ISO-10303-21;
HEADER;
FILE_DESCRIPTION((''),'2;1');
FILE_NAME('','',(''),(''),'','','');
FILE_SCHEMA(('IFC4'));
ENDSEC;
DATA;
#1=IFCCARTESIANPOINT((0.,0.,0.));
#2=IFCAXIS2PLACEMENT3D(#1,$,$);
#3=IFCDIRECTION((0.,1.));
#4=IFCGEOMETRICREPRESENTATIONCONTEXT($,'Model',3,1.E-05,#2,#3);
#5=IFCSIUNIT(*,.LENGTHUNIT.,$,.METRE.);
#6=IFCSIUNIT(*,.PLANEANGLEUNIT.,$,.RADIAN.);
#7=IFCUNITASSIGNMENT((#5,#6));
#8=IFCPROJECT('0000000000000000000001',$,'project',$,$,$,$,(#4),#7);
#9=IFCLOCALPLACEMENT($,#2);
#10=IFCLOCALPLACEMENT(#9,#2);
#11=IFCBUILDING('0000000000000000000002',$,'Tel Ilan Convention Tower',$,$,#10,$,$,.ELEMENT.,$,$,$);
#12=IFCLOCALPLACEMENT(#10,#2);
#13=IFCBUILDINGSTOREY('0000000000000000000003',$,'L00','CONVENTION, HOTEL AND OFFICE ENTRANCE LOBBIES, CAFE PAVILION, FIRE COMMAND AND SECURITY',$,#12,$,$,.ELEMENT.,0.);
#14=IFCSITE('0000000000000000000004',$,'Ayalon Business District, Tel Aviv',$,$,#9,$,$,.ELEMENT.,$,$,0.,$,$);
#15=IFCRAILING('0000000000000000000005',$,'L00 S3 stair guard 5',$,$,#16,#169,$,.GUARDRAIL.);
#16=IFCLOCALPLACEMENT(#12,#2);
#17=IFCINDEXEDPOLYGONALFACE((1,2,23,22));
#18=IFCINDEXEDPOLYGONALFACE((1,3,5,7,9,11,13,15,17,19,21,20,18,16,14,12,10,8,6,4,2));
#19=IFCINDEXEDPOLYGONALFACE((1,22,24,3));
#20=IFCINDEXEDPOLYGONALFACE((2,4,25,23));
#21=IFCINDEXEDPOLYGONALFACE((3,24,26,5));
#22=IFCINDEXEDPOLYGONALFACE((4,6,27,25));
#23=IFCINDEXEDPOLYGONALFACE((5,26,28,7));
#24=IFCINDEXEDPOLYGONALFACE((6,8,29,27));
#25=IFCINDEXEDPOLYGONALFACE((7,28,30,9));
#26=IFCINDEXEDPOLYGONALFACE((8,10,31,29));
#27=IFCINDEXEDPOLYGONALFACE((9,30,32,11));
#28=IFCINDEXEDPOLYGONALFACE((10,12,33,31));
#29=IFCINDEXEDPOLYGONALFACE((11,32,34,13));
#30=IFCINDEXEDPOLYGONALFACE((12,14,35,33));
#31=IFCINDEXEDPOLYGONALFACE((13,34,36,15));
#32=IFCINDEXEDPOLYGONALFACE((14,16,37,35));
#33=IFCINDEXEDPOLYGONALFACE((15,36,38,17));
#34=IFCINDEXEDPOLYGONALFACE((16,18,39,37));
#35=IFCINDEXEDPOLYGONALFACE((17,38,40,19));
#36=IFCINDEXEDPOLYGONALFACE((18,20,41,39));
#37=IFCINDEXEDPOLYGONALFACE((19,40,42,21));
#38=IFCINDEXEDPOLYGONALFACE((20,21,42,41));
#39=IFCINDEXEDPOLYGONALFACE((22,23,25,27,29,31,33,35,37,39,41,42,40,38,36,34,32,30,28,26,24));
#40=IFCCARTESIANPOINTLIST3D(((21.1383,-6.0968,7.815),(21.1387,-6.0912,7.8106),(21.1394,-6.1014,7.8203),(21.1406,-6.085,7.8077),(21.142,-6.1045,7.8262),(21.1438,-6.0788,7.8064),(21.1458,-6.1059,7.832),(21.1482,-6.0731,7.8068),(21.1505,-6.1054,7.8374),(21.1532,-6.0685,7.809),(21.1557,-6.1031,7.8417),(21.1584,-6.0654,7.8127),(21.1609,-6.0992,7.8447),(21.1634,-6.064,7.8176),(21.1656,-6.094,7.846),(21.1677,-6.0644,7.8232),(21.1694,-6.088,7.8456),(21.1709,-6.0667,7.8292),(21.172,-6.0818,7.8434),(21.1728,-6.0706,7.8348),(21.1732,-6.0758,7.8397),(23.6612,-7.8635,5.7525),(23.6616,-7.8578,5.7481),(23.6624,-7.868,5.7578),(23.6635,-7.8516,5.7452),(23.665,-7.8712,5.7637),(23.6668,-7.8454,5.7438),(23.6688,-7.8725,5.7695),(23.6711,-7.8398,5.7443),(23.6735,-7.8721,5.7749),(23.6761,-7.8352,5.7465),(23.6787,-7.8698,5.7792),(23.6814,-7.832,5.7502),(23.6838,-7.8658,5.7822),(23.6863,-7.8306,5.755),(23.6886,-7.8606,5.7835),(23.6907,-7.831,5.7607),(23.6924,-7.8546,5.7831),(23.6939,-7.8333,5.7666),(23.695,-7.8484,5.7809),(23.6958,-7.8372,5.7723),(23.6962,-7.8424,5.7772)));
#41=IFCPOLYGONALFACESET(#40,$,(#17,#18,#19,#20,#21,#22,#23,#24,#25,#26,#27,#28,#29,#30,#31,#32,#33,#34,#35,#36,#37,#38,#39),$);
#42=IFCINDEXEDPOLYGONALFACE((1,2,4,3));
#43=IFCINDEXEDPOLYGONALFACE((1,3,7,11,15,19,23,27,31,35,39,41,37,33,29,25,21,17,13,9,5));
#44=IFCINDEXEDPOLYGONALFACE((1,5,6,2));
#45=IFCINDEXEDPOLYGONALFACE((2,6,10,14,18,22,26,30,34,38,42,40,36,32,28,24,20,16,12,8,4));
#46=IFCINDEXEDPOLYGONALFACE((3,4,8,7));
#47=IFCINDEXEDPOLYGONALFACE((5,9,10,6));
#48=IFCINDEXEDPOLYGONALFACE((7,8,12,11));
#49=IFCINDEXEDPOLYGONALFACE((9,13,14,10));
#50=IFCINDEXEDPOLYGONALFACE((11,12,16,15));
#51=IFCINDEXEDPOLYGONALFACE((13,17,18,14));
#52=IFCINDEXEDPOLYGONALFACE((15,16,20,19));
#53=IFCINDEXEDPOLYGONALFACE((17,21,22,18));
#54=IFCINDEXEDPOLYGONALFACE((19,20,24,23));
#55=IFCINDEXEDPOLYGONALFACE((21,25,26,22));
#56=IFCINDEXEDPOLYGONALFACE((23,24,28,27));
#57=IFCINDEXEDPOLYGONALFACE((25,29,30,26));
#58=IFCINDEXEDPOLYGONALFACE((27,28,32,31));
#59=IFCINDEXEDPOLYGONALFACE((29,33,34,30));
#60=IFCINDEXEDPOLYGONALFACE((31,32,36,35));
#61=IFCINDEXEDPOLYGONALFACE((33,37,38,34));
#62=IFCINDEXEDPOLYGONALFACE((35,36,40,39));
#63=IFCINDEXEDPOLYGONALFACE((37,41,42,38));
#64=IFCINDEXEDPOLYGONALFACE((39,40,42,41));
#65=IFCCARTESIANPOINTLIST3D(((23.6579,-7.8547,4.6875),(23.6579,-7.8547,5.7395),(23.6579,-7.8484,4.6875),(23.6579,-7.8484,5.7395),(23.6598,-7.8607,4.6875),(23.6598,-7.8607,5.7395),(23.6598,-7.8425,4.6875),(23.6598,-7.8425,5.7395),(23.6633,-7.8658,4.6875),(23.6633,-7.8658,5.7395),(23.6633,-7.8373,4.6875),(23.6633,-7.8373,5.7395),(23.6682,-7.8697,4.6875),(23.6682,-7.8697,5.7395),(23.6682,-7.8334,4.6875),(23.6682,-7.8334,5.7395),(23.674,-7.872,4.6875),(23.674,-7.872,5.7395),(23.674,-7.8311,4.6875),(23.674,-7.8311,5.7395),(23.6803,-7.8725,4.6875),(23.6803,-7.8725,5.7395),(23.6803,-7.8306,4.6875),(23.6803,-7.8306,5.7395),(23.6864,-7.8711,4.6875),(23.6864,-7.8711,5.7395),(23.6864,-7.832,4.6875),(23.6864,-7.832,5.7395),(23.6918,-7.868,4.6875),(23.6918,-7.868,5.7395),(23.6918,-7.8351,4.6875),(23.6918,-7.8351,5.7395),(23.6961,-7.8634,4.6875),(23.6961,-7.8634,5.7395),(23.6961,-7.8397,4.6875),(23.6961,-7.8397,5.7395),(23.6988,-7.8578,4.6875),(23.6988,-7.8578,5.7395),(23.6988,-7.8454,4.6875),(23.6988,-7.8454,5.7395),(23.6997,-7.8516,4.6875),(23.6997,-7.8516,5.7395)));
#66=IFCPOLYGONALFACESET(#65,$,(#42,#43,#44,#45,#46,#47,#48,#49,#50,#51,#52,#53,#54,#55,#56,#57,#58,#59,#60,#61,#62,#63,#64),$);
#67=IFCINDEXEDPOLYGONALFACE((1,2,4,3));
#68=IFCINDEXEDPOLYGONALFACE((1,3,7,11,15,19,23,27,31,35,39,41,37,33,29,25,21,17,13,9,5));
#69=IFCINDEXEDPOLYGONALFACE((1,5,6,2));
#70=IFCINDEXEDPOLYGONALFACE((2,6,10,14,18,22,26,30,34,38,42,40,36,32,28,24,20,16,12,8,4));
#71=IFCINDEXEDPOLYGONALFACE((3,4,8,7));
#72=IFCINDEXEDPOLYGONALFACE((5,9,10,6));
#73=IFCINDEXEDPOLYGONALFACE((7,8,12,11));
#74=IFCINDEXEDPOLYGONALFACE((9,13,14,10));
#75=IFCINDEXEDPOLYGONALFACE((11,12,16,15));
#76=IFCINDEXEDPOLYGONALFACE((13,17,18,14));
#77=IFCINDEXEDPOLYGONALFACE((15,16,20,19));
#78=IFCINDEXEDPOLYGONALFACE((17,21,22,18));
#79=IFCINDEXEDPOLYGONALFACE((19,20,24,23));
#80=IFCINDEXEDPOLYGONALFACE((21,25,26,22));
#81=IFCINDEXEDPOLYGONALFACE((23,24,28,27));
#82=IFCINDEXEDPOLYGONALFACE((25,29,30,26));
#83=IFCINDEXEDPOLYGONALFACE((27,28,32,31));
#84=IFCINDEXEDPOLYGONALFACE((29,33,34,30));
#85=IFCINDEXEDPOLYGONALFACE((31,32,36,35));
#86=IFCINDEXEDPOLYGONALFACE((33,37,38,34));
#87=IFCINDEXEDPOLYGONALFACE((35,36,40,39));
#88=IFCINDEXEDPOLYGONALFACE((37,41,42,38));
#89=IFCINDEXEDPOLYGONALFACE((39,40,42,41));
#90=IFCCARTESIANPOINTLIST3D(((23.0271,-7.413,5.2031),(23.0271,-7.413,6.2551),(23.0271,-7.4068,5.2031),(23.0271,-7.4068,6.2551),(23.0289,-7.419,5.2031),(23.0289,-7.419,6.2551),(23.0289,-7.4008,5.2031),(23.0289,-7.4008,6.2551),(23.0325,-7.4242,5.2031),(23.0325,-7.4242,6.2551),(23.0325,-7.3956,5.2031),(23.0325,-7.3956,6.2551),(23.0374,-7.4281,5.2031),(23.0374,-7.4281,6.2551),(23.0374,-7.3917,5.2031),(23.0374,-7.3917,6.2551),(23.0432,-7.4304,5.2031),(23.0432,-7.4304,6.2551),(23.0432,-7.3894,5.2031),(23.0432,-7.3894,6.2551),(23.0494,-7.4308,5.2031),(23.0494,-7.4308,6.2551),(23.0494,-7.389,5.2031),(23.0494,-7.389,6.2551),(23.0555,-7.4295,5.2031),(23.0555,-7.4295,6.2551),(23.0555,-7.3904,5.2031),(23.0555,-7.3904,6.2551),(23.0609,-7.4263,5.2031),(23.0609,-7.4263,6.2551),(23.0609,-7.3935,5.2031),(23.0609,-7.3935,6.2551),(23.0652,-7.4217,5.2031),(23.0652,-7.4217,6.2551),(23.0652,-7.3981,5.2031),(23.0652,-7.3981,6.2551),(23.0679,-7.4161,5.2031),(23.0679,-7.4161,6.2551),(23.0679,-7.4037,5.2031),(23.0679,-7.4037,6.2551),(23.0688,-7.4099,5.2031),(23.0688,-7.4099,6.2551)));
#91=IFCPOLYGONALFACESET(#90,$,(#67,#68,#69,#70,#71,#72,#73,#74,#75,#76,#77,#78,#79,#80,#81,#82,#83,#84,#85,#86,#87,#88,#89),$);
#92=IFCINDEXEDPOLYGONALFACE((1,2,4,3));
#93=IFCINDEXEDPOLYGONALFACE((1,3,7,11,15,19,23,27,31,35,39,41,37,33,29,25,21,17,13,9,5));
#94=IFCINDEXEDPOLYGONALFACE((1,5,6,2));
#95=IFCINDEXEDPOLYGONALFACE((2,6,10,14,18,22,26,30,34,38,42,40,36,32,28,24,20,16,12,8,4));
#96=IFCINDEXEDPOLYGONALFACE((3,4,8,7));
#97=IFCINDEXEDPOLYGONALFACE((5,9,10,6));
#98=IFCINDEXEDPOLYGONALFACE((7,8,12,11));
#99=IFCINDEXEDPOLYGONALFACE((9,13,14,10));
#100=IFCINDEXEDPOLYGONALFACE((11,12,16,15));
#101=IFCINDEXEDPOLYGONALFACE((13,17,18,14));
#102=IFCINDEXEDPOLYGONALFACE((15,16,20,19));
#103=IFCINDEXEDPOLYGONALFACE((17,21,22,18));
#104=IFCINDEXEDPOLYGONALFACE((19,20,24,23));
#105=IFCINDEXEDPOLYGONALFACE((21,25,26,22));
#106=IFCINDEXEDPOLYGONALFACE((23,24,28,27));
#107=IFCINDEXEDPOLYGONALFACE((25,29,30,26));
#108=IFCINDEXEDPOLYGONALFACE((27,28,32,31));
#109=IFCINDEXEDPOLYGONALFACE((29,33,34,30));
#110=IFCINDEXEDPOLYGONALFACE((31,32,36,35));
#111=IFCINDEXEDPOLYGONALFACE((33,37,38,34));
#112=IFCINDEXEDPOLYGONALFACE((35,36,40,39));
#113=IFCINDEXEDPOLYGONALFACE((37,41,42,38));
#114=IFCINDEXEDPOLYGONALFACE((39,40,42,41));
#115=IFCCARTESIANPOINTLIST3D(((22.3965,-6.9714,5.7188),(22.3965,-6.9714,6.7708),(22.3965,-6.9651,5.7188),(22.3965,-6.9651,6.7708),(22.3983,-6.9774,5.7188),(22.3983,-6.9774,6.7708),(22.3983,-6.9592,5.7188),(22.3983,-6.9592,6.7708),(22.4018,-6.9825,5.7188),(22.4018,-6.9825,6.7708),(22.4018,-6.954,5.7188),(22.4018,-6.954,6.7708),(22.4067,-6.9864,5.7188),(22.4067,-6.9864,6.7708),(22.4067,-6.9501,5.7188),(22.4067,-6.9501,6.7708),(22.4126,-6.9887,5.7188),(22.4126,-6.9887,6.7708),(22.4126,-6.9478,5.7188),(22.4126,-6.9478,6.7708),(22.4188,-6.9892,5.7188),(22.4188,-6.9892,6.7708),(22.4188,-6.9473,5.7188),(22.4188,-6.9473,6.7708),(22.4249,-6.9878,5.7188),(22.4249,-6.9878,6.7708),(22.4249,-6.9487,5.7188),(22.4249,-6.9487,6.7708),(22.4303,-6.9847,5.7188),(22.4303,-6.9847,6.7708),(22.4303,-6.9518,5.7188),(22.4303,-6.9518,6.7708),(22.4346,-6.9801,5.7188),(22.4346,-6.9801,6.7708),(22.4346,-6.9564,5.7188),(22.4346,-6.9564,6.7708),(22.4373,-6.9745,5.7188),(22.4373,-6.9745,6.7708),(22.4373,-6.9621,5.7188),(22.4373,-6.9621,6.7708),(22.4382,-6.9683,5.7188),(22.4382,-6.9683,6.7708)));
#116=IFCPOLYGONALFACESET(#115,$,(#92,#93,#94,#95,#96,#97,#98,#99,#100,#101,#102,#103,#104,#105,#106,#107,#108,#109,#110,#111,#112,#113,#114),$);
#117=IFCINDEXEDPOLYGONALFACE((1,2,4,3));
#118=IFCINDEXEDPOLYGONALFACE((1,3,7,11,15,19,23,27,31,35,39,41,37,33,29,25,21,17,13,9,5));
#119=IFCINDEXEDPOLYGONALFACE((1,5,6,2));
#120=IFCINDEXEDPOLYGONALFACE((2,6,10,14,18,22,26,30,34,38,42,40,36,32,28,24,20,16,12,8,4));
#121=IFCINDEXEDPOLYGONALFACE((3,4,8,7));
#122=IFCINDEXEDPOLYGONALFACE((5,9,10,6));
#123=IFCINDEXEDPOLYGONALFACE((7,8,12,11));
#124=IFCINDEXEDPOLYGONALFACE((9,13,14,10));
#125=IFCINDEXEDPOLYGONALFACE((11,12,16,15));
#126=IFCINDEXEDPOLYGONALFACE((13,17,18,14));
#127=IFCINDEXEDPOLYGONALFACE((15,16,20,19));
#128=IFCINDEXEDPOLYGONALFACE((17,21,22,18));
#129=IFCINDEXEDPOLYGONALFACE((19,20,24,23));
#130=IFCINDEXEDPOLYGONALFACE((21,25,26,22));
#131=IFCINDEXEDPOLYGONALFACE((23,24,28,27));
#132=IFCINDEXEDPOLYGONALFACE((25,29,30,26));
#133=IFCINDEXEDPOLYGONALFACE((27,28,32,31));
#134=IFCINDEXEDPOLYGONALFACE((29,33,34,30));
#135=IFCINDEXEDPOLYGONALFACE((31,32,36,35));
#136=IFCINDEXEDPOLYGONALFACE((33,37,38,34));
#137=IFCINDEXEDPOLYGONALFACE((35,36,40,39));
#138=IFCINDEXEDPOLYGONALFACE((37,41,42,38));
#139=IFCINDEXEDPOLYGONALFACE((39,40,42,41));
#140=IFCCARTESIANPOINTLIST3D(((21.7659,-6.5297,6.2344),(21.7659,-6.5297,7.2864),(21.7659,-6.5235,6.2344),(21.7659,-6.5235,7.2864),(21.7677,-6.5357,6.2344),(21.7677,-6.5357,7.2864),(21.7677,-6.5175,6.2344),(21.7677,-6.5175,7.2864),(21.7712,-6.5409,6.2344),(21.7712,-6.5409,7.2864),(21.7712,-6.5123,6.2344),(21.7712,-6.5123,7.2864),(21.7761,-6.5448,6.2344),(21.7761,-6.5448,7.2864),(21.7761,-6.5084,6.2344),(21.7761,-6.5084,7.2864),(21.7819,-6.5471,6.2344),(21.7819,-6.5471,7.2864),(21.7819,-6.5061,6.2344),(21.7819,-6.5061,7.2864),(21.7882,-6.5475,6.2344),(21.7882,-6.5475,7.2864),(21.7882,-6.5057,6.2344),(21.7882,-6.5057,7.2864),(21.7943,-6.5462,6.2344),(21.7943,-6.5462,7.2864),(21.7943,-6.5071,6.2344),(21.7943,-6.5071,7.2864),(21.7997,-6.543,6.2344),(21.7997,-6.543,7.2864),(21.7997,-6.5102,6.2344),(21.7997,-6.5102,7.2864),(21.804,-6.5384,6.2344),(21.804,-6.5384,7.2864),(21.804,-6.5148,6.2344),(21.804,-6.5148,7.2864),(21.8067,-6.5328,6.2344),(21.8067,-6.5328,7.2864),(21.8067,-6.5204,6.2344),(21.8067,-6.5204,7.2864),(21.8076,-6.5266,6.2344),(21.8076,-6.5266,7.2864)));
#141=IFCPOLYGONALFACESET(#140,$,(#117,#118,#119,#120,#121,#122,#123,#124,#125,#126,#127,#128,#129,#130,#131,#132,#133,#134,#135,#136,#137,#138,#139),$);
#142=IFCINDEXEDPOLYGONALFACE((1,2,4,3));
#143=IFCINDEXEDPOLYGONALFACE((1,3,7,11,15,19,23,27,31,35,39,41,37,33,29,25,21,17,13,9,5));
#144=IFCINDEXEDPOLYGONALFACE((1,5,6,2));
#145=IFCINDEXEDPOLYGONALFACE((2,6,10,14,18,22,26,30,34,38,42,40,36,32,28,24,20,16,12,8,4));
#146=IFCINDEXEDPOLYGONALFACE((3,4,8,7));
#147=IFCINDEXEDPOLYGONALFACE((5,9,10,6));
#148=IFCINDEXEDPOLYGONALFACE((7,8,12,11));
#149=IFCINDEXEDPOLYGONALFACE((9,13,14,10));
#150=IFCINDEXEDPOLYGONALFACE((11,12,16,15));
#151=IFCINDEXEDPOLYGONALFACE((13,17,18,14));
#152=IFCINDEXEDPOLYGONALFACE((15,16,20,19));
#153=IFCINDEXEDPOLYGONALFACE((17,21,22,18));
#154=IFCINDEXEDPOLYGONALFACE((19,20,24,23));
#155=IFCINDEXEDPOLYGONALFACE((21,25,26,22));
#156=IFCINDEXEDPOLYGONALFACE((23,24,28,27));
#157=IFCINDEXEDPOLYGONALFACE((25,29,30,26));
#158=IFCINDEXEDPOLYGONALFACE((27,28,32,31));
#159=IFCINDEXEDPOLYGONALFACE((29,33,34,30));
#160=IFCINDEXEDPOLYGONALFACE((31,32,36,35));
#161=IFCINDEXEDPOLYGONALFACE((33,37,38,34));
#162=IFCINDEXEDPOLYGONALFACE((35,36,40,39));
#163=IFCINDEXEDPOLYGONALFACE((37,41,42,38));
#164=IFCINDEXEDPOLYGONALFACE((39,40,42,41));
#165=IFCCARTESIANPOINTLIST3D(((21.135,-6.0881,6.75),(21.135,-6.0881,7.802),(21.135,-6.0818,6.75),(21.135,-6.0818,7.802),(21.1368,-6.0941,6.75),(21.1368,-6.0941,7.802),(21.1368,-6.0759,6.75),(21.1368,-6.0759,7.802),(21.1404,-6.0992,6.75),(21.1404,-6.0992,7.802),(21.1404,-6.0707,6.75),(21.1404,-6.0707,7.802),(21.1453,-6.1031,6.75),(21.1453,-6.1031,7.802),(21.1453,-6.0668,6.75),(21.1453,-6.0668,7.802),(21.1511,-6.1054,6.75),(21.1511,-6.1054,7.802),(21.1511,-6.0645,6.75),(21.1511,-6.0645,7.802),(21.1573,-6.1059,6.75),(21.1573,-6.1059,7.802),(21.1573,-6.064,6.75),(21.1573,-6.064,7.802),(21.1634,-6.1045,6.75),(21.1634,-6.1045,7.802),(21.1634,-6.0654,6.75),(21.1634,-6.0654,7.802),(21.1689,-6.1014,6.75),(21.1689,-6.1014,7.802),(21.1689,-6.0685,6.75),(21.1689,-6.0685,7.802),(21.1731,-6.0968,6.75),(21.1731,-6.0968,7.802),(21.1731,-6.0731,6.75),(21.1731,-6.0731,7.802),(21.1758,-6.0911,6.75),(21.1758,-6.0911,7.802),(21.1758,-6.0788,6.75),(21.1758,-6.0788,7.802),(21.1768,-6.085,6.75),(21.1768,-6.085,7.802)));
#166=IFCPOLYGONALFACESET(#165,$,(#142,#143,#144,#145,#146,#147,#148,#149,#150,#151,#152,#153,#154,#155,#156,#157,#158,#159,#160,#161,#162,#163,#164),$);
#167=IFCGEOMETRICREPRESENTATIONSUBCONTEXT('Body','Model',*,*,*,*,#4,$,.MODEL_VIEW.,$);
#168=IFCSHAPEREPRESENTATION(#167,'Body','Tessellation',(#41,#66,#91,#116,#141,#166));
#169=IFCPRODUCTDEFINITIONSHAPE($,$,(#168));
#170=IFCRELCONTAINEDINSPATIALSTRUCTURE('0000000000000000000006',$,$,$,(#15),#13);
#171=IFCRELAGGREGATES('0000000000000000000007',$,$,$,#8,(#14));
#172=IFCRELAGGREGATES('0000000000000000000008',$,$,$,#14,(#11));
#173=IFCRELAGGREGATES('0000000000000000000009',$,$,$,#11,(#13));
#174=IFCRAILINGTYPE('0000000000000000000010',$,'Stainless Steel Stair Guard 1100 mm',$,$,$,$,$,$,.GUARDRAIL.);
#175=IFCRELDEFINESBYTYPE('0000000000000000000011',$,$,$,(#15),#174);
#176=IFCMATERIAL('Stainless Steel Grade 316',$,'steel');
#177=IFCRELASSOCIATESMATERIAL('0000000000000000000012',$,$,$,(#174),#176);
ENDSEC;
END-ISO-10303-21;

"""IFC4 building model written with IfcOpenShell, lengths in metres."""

from ifc_helpers import new_model, si_unit, direction, frame, origin, origin_2d, place, context, subcontext, project, spatial, circle, extrude, material, type_object, element, save


model = new_model("IFC4")

# Units and contexts
model_context = context("Model", 3, precision=1e-05, world=origin(), true_north=direction((0.0, 1.0)))
body_context = subcontext(model_context, "Body", "Model", "MODEL_VIEW")
ifc_project = project(units=[si_unit("LENGTHUNIT", "METRE"), si_unit("PLANEANGLEUNIT", "RADIAN")], contexts=[model_context])

# Site, building, storey
site_placement = place(None, origin())
site = spatial("IfcSite", under=ifc_project, at=site_placement, Name="Ayalon Business District, Tel Aviv", CompositionType="ELEMENT", RefElevation=0.0)
building_placement = place(site_placement, origin())
building = spatial("IfcBuilding", under=site, at=building_placement, Name="Tel Ilan Convention Tower", CompositionType="ELEMENT")
storey_placement = place(building_placement, origin())
storey = spatial("IfcBuildingStorey", under=building, at=storey_placement, Name="L00", Description="CONVENTION, HOTEL AND OFFICE ENTRANCE LOBBIES, CAFE PAVILION, FIRE COMMAND AND SECURITY", CompositionType="ELEMENT", Elevation=0.0)

# Railing
ifc_material_1 = material(Name="Stainless Steel Grade 316", Category="steel")
railing_type_1 = type_object("IfcRailingType", Name="Stainless Steel Stair Guard 1100 mm", PredefinedType="GUARDRAIL", material=ifc_material_1)
railing_1_placement = place(storey_placement, frame((23.6787, -7.8516, 4.6875)))
element("IfcRailing", 1, at=railing_1_placement, inside=storey, type_object=railing_type_1, Name="L00 S3 stair guard 5", PredefinedType="GUARDRAIL", context=body_context, shape_type="SweptSolid", body=[
    extrude(circle(Radius=0.0239, at=origin_2d()), frame((0.0, 0.0, 1.0762), z_axis=(-0.680635, 0.476589, 0.556416), x_axis=(-0.573579, -0.81915, 0.0)), (0.0, 0.0, 1.0), 3.7068),
    extrude(circle(Radius=0.021, at=origin_2d()), origin(), (0.0, 0.0, 1.0), 1.052),
    extrude(circle(Radius=0.021, at=origin_2d()), frame((-0.6309, 0.4417, 0.5156)), (0.0, 0.0, 1.0), 1.052),
    extrude(circle(Radius=0.021, at=origin_2d()), frame((-1.2615, 0.8833, 1.0312)), (0.0, 0.0, 1.0), 1.052),
    extrude(circle(Radius=0.021, at=origin_2d()), frame((-1.8921, 1.325, 1.5469)), (0.0, 0.0, 1.0), 1.052),
    extrude(circle(Radius=0.021, at=origin_2d()), frame((-2.5229, 1.7666, 2.0625)), (0.0, 0.0, 1.0), 1.052),
])

save(model, "model.ifc")
